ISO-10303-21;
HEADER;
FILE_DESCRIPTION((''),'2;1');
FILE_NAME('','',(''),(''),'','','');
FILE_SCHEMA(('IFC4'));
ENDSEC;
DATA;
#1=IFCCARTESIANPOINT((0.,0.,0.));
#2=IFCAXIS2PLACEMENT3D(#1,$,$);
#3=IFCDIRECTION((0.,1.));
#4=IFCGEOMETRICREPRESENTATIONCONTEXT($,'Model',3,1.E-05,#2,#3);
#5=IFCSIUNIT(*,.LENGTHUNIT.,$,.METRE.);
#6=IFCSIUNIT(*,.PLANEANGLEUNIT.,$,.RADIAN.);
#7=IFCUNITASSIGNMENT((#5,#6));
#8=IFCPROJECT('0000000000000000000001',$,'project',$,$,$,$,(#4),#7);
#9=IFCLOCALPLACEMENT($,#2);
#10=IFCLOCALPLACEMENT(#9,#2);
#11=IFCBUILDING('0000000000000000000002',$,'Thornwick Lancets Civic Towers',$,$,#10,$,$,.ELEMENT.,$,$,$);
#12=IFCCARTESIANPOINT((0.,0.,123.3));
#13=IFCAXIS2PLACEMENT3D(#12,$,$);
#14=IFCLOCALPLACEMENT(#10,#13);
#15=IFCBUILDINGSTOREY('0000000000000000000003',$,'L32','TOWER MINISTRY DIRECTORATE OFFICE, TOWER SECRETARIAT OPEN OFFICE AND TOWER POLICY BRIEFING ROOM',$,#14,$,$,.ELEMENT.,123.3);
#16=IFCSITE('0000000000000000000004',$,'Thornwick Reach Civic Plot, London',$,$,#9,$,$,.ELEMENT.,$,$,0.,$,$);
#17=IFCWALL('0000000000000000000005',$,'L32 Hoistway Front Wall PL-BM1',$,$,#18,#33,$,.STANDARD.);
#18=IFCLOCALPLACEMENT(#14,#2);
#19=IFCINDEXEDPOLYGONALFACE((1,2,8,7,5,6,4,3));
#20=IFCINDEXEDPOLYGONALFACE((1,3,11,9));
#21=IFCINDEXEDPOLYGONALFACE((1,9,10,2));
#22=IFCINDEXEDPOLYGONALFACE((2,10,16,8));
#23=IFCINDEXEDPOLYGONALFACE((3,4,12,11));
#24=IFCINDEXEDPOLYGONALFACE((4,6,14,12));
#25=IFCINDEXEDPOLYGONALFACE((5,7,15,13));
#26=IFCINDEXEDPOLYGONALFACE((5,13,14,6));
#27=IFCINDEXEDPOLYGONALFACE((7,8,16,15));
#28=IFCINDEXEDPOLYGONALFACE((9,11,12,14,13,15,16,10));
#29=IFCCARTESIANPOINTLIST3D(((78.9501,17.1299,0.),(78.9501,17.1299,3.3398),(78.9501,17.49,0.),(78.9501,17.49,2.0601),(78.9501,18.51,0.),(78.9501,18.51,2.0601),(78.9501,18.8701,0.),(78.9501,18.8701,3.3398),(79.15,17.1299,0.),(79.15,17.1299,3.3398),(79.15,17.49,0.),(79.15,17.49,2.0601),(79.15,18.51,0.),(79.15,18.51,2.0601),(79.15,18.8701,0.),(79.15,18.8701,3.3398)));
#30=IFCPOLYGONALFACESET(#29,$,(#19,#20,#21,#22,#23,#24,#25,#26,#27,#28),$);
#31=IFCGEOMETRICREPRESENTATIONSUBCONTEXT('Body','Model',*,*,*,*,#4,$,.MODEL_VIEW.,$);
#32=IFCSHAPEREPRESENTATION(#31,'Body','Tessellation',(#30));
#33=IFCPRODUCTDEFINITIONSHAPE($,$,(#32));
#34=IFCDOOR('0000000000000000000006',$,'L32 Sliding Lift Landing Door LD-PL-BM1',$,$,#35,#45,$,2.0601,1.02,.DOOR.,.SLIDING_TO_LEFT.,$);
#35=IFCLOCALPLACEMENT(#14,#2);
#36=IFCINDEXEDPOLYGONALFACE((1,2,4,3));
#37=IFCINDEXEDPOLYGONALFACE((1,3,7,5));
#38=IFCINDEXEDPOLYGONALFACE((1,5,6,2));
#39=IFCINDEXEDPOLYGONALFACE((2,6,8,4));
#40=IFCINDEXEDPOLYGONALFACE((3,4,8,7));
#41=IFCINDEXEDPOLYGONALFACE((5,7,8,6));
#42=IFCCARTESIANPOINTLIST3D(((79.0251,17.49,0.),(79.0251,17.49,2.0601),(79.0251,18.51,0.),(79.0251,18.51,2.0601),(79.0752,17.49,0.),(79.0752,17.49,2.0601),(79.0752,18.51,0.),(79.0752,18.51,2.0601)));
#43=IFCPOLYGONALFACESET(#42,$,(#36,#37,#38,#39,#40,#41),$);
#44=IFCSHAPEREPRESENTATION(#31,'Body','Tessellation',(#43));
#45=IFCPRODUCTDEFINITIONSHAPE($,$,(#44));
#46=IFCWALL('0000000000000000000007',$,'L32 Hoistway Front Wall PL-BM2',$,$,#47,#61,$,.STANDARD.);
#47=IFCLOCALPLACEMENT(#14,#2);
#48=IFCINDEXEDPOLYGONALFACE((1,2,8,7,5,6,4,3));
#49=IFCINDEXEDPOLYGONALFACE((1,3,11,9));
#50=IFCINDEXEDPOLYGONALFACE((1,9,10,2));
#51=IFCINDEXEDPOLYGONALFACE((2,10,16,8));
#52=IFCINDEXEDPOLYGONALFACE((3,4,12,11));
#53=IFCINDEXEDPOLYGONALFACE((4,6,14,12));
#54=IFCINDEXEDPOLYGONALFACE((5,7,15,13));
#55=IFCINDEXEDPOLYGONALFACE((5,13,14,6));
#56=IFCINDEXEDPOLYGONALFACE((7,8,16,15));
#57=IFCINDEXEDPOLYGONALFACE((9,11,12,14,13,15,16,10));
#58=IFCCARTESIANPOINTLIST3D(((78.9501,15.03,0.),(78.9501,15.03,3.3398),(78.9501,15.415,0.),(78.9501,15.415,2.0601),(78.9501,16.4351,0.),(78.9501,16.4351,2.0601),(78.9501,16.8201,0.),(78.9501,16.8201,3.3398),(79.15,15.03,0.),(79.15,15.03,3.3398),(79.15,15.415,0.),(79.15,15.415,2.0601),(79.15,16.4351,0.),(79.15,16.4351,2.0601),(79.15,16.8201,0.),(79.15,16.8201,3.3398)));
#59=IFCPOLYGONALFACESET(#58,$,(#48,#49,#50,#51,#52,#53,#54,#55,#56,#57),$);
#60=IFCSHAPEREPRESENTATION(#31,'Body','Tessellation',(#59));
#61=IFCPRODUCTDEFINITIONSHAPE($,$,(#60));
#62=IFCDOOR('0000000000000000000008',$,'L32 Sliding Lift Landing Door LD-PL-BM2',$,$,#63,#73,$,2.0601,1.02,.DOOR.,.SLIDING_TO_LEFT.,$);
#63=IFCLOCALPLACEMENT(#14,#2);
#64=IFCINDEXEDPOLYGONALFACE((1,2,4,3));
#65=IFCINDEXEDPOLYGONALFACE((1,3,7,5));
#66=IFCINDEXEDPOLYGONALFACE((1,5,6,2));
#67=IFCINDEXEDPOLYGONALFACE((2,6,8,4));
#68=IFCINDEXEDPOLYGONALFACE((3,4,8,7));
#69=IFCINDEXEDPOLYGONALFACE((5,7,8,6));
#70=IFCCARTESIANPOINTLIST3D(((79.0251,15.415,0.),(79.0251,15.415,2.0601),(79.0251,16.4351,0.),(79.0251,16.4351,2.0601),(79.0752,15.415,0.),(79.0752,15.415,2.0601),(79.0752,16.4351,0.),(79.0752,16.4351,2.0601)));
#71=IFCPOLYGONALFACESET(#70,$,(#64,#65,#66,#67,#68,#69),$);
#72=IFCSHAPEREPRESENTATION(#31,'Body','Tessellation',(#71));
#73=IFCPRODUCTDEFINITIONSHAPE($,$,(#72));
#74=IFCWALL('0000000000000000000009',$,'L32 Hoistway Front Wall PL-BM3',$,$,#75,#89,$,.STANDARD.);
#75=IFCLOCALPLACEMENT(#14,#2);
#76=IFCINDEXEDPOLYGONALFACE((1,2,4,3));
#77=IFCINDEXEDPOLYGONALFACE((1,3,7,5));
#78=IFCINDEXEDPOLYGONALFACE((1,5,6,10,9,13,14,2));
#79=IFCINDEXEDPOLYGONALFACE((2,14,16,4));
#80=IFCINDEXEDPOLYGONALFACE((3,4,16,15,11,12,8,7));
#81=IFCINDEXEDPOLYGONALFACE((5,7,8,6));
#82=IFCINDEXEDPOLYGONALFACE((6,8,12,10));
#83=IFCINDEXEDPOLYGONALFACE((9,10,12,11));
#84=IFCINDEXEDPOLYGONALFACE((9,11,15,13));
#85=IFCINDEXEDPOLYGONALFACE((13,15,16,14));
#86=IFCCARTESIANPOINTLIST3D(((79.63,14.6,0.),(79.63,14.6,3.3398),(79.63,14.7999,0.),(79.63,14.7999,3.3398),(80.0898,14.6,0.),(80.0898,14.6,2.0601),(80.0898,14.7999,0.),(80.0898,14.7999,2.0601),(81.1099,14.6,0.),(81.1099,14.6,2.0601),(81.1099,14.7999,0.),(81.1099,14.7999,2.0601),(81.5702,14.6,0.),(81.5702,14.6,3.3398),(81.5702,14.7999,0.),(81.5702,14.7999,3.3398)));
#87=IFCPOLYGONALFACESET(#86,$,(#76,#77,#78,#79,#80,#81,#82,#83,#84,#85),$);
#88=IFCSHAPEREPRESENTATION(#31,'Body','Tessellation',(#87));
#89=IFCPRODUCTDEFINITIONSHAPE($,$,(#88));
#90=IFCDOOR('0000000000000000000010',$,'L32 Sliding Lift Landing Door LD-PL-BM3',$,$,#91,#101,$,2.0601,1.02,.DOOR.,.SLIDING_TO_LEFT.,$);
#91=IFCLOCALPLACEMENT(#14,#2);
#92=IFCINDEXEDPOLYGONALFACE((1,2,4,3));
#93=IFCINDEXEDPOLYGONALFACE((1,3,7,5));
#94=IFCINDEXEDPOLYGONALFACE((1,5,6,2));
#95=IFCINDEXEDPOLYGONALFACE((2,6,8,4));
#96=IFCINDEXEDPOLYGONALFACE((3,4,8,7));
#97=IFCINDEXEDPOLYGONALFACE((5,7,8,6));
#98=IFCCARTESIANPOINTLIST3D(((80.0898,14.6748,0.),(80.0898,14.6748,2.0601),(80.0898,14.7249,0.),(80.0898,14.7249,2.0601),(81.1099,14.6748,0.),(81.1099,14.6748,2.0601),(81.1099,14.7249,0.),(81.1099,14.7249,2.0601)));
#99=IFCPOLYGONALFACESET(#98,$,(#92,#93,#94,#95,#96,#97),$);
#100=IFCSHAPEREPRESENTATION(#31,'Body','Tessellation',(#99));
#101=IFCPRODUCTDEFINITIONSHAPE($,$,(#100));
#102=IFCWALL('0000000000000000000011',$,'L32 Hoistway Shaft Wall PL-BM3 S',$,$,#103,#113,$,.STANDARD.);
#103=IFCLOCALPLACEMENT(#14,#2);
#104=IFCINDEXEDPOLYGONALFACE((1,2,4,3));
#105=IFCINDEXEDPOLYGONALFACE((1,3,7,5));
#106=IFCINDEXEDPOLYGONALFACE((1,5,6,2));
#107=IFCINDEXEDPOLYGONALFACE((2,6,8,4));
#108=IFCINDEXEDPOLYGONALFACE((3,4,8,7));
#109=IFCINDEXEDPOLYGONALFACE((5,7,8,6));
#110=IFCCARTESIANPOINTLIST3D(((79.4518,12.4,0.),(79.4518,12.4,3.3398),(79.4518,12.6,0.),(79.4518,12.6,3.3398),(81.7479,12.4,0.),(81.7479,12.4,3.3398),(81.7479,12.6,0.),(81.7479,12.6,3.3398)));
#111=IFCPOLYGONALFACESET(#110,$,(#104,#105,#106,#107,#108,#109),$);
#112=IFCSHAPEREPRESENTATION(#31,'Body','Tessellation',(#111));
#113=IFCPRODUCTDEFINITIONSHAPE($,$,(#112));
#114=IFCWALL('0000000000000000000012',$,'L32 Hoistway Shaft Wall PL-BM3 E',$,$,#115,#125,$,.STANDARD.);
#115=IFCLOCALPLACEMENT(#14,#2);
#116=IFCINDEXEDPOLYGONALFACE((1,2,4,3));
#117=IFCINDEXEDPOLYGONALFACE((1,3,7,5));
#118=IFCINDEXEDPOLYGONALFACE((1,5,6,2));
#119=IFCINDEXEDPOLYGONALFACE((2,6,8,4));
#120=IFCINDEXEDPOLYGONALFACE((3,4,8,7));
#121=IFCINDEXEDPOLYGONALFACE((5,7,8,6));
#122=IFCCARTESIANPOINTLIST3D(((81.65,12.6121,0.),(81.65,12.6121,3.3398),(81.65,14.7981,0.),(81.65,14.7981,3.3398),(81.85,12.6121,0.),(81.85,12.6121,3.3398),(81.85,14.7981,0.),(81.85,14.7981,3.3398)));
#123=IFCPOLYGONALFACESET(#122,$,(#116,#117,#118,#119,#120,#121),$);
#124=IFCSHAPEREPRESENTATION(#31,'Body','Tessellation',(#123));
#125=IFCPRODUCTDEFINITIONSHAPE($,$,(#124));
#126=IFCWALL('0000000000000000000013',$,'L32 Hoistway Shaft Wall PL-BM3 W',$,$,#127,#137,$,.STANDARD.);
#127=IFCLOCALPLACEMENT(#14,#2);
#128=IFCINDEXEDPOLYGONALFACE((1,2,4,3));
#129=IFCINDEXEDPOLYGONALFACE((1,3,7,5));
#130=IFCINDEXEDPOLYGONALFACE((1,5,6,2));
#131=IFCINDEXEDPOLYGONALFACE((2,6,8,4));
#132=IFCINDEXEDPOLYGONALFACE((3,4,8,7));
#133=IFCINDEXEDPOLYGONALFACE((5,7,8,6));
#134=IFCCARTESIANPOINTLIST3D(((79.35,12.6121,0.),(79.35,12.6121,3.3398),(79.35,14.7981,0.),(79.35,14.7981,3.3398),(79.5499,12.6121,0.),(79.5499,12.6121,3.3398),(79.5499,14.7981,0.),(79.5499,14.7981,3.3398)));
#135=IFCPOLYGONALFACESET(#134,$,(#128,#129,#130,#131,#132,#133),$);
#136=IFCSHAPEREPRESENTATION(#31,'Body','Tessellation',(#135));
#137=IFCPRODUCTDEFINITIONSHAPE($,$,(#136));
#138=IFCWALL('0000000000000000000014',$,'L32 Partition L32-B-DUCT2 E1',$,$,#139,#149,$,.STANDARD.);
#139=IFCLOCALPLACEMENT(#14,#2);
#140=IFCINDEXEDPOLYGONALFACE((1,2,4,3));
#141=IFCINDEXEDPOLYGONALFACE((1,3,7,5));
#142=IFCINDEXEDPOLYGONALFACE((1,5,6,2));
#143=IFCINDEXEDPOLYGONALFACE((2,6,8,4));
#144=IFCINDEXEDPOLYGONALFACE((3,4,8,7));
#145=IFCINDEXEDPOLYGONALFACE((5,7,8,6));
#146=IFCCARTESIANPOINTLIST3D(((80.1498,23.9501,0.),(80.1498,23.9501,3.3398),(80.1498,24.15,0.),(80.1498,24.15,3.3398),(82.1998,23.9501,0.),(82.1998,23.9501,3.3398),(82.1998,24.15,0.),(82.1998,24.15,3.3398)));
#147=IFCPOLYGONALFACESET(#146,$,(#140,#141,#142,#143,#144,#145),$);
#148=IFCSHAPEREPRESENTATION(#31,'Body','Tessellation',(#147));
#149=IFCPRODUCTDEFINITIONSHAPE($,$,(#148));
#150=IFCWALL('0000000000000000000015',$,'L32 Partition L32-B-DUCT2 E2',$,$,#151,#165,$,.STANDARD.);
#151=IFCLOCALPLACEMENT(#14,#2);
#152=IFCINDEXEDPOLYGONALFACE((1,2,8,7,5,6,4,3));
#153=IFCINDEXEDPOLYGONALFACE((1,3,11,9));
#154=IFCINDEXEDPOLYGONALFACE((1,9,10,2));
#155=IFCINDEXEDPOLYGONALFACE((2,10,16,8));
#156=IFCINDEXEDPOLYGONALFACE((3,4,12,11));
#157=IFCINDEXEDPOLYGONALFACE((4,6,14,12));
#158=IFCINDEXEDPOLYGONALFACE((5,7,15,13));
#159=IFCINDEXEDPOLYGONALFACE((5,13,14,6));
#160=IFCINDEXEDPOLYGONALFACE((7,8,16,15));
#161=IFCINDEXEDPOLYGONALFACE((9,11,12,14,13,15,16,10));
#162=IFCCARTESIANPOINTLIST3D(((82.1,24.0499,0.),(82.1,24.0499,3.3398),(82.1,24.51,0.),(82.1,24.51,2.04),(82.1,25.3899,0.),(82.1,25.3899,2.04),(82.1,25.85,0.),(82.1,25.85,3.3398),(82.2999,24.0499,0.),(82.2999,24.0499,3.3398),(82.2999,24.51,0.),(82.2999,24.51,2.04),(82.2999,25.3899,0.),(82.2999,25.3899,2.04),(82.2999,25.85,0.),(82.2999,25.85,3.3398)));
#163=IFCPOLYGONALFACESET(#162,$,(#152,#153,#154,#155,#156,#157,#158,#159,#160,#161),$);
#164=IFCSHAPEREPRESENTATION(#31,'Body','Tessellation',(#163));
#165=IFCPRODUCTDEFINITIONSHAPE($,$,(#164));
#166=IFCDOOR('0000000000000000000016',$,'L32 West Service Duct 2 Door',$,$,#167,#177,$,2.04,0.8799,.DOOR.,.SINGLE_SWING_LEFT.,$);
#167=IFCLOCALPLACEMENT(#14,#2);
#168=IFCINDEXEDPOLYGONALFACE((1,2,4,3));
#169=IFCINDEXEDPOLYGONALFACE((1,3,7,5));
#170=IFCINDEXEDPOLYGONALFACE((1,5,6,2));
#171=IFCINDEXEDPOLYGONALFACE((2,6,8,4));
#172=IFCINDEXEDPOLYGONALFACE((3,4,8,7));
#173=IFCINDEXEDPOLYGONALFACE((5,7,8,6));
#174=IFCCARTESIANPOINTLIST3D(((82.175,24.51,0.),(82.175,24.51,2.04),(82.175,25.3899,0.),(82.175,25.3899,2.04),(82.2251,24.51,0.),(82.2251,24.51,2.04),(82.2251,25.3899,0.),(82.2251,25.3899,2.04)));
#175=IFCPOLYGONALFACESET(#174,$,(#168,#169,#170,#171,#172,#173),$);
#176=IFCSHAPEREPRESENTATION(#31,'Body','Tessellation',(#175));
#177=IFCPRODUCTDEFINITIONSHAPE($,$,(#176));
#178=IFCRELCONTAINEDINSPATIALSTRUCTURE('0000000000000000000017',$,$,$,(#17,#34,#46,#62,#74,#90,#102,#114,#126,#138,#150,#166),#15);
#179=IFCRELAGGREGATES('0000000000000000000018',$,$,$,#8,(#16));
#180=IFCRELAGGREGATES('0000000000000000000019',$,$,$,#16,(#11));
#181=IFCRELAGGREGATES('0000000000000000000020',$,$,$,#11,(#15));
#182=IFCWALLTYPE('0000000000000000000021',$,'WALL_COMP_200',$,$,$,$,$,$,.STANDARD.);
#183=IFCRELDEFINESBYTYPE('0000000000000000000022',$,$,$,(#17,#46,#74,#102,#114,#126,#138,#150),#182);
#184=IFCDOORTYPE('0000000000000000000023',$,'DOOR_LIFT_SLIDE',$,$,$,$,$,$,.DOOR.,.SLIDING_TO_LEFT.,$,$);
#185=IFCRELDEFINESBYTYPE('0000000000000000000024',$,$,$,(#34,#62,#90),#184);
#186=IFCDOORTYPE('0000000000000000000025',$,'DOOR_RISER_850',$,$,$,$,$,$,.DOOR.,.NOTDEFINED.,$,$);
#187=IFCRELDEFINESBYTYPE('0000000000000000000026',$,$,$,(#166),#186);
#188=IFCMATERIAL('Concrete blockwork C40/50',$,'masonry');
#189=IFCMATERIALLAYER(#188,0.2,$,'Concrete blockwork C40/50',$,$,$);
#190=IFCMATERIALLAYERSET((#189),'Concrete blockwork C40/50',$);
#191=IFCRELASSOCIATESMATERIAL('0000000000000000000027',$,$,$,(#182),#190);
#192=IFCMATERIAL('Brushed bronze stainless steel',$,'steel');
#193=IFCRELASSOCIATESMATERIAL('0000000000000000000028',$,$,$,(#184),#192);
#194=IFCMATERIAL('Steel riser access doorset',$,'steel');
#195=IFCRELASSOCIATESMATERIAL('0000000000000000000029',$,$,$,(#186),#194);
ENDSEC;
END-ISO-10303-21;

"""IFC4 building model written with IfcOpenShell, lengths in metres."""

from ifc_helpers import new_model, si_unit, direction, frame, frame_2d, origin, place, context, subcontext, project, spatial, rectangle, extrude, material, layer, layer_set, type_object, element, fill, save


model = new_model("IFC4")

# Units and contexts
model_context = context("Model", 3, precision=1e-05, world=origin(), true_north=direction((0.0, 1.0)))
body_context = subcontext(model_context, "Body", "Model", "MODEL_VIEW")
ifc_project = project(units=[si_unit("LENGTHUNIT", "METRE"), si_unit("PLANEANGLEUNIT", "RADIAN")], contexts=[model_context])

# Site, building, storey
site_placement = place(None, origin())
site = spatial("IfcSite", under=ifc_project, at=site_placement, Name="Thornwick Reach Civic Plot, London", CompositionType="ELEMENT", RefElevation=0.0)
building_placement = place(site_placement, origin())
building = spatial("IfcBuilding", under=site, at=building_placement, Name="Thornwick Lancets Civic Towers", CompositionType="ELEMENT")
storey_placement = place(building_placement, frame((0.0, 0.0, 123.3)))
storey = spatial("IfcBuildingStorey", under=building, at=storey_placement, Name="L32", Description="TOWER MINISTRY DIRECTORATE OFFICE, TOWER SECRETARIAT OPEN OFFICE AND TOWER POLICY BRIEFING ROOM", CompositionType="ELEMENT", Elevation=123.3)

# Shared definitions
ifc_material_1 = material(Name="Concrete blockwork C40/50", Category="masonry")
ifc_layer_1 = layer(ifc_material_1, 0.2, Name="Concrete blockwork C40/50")
ifc_layer_set_1 = layer_set([ifc_layer_1], Name="Concrete blockwork C40/50")
wall_type_1 = type_object("IfcWallType", Name="WALL_COMP_200", PredefinedType="STANDARD", material=ifc_layer_set_1)
ifc_material_2 = material(Name="Brushed bronze stainless steel", Category="steel")
door_type_1 = type_object("IfcDoorType", Name="DOOR_LIFT_SLIDE", OperationType="SLIDING_TO_LEFT", PredefinedType="DOOR", material=ifc_material_2)

# Walls, openings, doors
wall_1_placement = place(storey_placement, frame((79.05, 17.1299, 0.0), z_axis=(0.0, 0.0, 1.0), x_axis=(0.0, 1.0, 0.0)))
wall_1 = element("IfcWall", 1, at=wall_1_placement, inside=storey, type_object=wall_type_1, Name="L32 Hoistway Front Wall PL-BM1", PredefinedType="STANDARD", context=body_context, shape_type="SweptSolid", body=[
    extrude(rectangle(XDim=1.7402, YDim=0.2, at=frame_2d((0.8701, 0.0))), origin(), (0.0, 0.0, 1.0), 3.3398),
])
opening_1_placement = place(wall_1_placement, frame((0.3601, 0.0, 0.0)))
opening_1 = element("IfcOpeningElement", 2, at=opening_1_placement, cuts=wall_1, PredefinedType="OPENING", context=body_context, shape_type="SweptSolid", body=[
    extrude(rectangle(XDim=1.02, YDim=2.0601, at=frame_2d((0.51, 1.03))), frame((0.0, 0.1099, 0.0), z_axis=(0.0, -1.0, 0.0), x_axis=(1.0, 0.0, 0.0)), (0.0, 0.0, 1.0), 0.22),
])
door_1_placement = place(opening_1_placement, origin())
door_1 = element("IfcDoor", 3, at=door_1_placement, inside=storey, type_object=door_type_1, Name="L32 Sliding Lift Landing Door LD-PL-BM1", OperationType="SLIDING_TO_LEFT", OverallHeight=2.0601, OverallWidth=1.02, PredefinedType="DOOR", context=body_context, shape_type="SweptSolid", body=[
    extrude(rectangle(XDim=1.02, YDim=2.0601, at=frame_2d((0.51, 1.03))), frame((0.0, 0.0249, 0.0), z_axis=(0.0, -1.0, 0.0), x_axis=(1.0, 0.0, 0.0)), (0.0, 0.0, 1.0), 0.05),
])
fill(opening_1, door_1)
wall_2_placement = place(storey_placement, frame((79.05, 15.03, 0.0), z_axis=(0.0, 0.0, 1.0), x_axis=(0.0, 1.0, 0.0)))
wall_2 = element("IfcWall", 4, at=wall_2_placement, inside=storey, type_object=wall_type_1, Name="L32 Hoistway Front Wall PL-BM2", PredefinedType="STANDARD", context=body_context, shape_type="SweptSolid", body=[
    extrude(rectangle(XDim=1.79, YDim=0.2, at=frame_2d((0.895, 0.0))), origin(), (0.0, 0.0, 1.0), 3.3398),
])
opening_2_placement = place(wall_2_placement, frame((0.385, 0.0, 0.0)))
opening_2 = element("IfcOpeningElement", 5, at=opening_2_placement, cuts=wall_2, PredefinedType="OPENING", context=body_context, shape_type="SweptSolid", body=[
    extrude(rectangle(XDim=1.02, YDim=2.0601, at=frame_2d((0.51, 1.03))), frame((0.0, 0.1099, 0.0), z_axis=(0.0, -1.0, 0.0), x_axis=(1.0, 0.0, 0.0)), (0.0, 0.0, 1.0), 0.22),
])
door_2_placement = place(opening_2_placement, origin())
door_2 = element("IfcDoor", 6, at=door_2_placement, inside=storey, type_object=door_type_1, Name="L32 Sliding Lift Landing Door LD-PL-BM2", OperationType="SLIDING_TO_LEFT", OverallHeight=2.0601, OverallWidth=1.02, PredefinedType="DOOR", context=body_context, shape_type="SweptSolid", body=[
    extrude(rectangle(XDim=1.02, YDim=2.0601, at=frame_2d((0.51, 1.03))), frame((0.0, 0.0249, 0.0), z_axis=(0.0, -1.0, 0.0), x_axis=(1.0, 0.0, 0.0)), (0.0, 0.0, 1.0), 0.05),
])
fill(opening_2, door_2)
wall_3_placement = place(storey_placement, frame((79.6299, 14.7, 0.0), z_axis=(0.0, 0.0, 1.0), x_axis=(1.0, 0.0, 0.0)))
wall_3 = element("IfcWall", 7, at=wall_3_placement, inside=storey, type_object=wall_type_1, Name="L32 Hoistway Front Wall PL-BM3", PredefinedType="STANDARD", context=body_context, shape_type="SweptSolid", body=[
    extrude(rectangle(XDim=1.9402, YDim=0.2, at=frame_2d((0.9702, 0.0))), origin(), (0.0, 0.0, 1.0), 3.3398),
])
opening_3_placement = place(wall_3_placement, frame((0.46, 0.0, 0.0)))
opening_3 = element("IfcOpeningElement", 8, at=opening_3_placement, cuts=wall_3, PredefinedType="OPENING", context=body_context, shape_type="SweptSolid", body=[
    extrude(rectangle(XDim=1.02, YDim=2.0601, at=frame_2d((0.51, 1.03))), frame((0.0, 0.1099, 0.0), z_axis=(0.0, -1.0, 0.0), x_axis=(1.0, 0.0, 0.0)), (0.0, 0.0, 1.0), 0.22),
])
door_3_placement = place(opening_3_placement, origin())
door_3 = element("IfcDoor", 9, at=door_3_placement, inside=storey, type_object=door_type_1, Name="L32 Sliding Lift Landing Door LD-PL-BM3", OperationType="SLIDING_TO_LEFT", OverallHeight=2.0601, OverallWidth=1.02, PredefinedType="DOOR", context=body_context, shape_type="SweptSolid", body=[
    extrude(rectangle(XDim=1.02, YDim=2.0601, at=frame_2d((0.51, 1.03))), frame((0.0, 0.0249, 0.0), z_axis=(0.0, -1.0, 0.0), x_axis=(1.0, 0.0, 0.0)), (0.0, 0.0, 1.0), 0.05),
])
fill(opening_3, door_3)

# Walls
wall_4_placement = place(storey_placement, frame((79.4519, 12.5, 0.0), z_axis=(0.0, 0.0, 1.0), x_axis=(1.0, 0.0, 0.0)))
element("IfcWall", 10, at=wall_4_placement, inside=storey, type_object=wall_type_1, Name="L32 Hoistway Shaft Wall PL-BM3 S", PredefinedType="STANDARD", context=body_context, shape_type="SweptSolid", body=[
    extrude(rectangle(XDim=2.2961, YDim=0.2, at=frame_2d((1.1479, 0.0))), origin(), (0.0, 0.0, 1.0), 3.3398),
])
for number, where, z_axis, x_axis, name in (
    (11, (81.75, 12.6121, 0.0), (0.0, 0.0, 1.0), (0.0, 1.0, 0.0), "L32 Hoistway Shaft Wall PL-BM3 E"),
    (12, (79.45, 12.6121, 0.0), (0.0, 0.0, 1.0), (0.0, 1.0, 0.0), "L32 Hoistway Shaft Wall PL-BM3 W"),
):
    element("IfcWall", number, at=place(storey_placement, frame(where, z_axis=z_axis, x_axis=x_axis)), inside=storey, type_object=wall_type_1, Name=name, PredefinedType="STANDARD", context=body_context, shape_type="SweptSolid", body=[
        extrude(rectangle(XDim=2.186, YDim=0.2, at=frame_2d((1.093, 0.0))), origin(), (0.0, 0.0, 1.0), 3.3398),
    ])
wall_5_placement = place(storey_placement, frame((80.1499, 24.05, 0.0), z_axis=(0.0, 0.0, 1.0), x_axis=(1.0, 0.0, 0.0)))
element("IfcWall", 13, at=wall_5_placement, inside=storey, type_object=wall_type_1, Name="L32 Partition L32-B-DUCT2 E1", PredefinedType="STANDARD", context=body_context, shape_type="SweptSolid", body=[
    extrude(rectangle(XDim=2.05, YDim=0.2, at=frame_2d((1.0249, 0.0))), origin(), (0.0, 0.0, 1.0), 3.3398),
])

# Wall, opening, door
wall_6_placement = place(storey_placement, frame((82.2, 24.05, 0.0), z_axis=(0.0, 0.0, 1.0), x_axis=(0.0, 1.0, 0.0)))
wall_6 = element("IfcWall", 14, at=wall_6_placement, inside=storey, type_object=wall_type_1, Name="L32 Partition L32-B-DUCT2 E2", PredefinedType="STANDARD", context=body_context, shape_type="SweptSolid", body=[
    extrude(rectangle(XDim=1.8, YDim=0.2, at=frame_2d((0.8999, 0.0))), origin(), (0.0, 0.0, 1.0), 3.3398),
])
opening_4_placement = place(wall_6_placement, frame((0.46, 0.0, 0.0)))
opening_4 = element("IfcOpeningElement", 15, at=opening_4_placement, cuts=wall_6, PredefinedType="OPENING", context=body_context, shape_type="SweptSolid", body=[
    extrude(rectangle(XDim=0.8799, YDim=2.04, at=frame_2d((0.4399, 1.02))), frame((0.0, 0.1099, 0.0), z_axis=(0.0, -1.0, 0.0), x_axis=(1.0, 0.0, 0.0)), (0.0, 0.0, 1.0), 0.22),
])
ifc_material_3 = material(Name="Steel riser access doorset", Category="steel")
door_type_2 = type_object("IfcDoorType", Name="DOOR_RISER_850", OperationType="NOTDEFINED", PredefinedType="DOOR", material=ifc_material_3)
door_4_placement = place(opening_4_placement, origin())
door_4 = element("IfcDoor", 16, at=door_4_placement, inside=storey, type_object=door_type_2, Name="L32 West Service Duct 2 Door", OperationType="SINGLE_SWING_LEFT", OverallHeight=2.04, OverallWidth=0.8799, PredefinedType="DOOR", context=body_context, shape_type="SweptSolid", body=[
    extrude(rectangle(XDim=0.8799, YDim=2.04, at=frame_2d((0.4399, 1.02))), frame((0.0, 0.0249, 0.0), z_axis=(0.0, -1.0, 0.0), x_axis=(1.0, 0.0, 0.0)), (0.0, 0.0, 1.0), 0.05),
])
fill(opening_4, door_4)

save(model, "model.ifc")
